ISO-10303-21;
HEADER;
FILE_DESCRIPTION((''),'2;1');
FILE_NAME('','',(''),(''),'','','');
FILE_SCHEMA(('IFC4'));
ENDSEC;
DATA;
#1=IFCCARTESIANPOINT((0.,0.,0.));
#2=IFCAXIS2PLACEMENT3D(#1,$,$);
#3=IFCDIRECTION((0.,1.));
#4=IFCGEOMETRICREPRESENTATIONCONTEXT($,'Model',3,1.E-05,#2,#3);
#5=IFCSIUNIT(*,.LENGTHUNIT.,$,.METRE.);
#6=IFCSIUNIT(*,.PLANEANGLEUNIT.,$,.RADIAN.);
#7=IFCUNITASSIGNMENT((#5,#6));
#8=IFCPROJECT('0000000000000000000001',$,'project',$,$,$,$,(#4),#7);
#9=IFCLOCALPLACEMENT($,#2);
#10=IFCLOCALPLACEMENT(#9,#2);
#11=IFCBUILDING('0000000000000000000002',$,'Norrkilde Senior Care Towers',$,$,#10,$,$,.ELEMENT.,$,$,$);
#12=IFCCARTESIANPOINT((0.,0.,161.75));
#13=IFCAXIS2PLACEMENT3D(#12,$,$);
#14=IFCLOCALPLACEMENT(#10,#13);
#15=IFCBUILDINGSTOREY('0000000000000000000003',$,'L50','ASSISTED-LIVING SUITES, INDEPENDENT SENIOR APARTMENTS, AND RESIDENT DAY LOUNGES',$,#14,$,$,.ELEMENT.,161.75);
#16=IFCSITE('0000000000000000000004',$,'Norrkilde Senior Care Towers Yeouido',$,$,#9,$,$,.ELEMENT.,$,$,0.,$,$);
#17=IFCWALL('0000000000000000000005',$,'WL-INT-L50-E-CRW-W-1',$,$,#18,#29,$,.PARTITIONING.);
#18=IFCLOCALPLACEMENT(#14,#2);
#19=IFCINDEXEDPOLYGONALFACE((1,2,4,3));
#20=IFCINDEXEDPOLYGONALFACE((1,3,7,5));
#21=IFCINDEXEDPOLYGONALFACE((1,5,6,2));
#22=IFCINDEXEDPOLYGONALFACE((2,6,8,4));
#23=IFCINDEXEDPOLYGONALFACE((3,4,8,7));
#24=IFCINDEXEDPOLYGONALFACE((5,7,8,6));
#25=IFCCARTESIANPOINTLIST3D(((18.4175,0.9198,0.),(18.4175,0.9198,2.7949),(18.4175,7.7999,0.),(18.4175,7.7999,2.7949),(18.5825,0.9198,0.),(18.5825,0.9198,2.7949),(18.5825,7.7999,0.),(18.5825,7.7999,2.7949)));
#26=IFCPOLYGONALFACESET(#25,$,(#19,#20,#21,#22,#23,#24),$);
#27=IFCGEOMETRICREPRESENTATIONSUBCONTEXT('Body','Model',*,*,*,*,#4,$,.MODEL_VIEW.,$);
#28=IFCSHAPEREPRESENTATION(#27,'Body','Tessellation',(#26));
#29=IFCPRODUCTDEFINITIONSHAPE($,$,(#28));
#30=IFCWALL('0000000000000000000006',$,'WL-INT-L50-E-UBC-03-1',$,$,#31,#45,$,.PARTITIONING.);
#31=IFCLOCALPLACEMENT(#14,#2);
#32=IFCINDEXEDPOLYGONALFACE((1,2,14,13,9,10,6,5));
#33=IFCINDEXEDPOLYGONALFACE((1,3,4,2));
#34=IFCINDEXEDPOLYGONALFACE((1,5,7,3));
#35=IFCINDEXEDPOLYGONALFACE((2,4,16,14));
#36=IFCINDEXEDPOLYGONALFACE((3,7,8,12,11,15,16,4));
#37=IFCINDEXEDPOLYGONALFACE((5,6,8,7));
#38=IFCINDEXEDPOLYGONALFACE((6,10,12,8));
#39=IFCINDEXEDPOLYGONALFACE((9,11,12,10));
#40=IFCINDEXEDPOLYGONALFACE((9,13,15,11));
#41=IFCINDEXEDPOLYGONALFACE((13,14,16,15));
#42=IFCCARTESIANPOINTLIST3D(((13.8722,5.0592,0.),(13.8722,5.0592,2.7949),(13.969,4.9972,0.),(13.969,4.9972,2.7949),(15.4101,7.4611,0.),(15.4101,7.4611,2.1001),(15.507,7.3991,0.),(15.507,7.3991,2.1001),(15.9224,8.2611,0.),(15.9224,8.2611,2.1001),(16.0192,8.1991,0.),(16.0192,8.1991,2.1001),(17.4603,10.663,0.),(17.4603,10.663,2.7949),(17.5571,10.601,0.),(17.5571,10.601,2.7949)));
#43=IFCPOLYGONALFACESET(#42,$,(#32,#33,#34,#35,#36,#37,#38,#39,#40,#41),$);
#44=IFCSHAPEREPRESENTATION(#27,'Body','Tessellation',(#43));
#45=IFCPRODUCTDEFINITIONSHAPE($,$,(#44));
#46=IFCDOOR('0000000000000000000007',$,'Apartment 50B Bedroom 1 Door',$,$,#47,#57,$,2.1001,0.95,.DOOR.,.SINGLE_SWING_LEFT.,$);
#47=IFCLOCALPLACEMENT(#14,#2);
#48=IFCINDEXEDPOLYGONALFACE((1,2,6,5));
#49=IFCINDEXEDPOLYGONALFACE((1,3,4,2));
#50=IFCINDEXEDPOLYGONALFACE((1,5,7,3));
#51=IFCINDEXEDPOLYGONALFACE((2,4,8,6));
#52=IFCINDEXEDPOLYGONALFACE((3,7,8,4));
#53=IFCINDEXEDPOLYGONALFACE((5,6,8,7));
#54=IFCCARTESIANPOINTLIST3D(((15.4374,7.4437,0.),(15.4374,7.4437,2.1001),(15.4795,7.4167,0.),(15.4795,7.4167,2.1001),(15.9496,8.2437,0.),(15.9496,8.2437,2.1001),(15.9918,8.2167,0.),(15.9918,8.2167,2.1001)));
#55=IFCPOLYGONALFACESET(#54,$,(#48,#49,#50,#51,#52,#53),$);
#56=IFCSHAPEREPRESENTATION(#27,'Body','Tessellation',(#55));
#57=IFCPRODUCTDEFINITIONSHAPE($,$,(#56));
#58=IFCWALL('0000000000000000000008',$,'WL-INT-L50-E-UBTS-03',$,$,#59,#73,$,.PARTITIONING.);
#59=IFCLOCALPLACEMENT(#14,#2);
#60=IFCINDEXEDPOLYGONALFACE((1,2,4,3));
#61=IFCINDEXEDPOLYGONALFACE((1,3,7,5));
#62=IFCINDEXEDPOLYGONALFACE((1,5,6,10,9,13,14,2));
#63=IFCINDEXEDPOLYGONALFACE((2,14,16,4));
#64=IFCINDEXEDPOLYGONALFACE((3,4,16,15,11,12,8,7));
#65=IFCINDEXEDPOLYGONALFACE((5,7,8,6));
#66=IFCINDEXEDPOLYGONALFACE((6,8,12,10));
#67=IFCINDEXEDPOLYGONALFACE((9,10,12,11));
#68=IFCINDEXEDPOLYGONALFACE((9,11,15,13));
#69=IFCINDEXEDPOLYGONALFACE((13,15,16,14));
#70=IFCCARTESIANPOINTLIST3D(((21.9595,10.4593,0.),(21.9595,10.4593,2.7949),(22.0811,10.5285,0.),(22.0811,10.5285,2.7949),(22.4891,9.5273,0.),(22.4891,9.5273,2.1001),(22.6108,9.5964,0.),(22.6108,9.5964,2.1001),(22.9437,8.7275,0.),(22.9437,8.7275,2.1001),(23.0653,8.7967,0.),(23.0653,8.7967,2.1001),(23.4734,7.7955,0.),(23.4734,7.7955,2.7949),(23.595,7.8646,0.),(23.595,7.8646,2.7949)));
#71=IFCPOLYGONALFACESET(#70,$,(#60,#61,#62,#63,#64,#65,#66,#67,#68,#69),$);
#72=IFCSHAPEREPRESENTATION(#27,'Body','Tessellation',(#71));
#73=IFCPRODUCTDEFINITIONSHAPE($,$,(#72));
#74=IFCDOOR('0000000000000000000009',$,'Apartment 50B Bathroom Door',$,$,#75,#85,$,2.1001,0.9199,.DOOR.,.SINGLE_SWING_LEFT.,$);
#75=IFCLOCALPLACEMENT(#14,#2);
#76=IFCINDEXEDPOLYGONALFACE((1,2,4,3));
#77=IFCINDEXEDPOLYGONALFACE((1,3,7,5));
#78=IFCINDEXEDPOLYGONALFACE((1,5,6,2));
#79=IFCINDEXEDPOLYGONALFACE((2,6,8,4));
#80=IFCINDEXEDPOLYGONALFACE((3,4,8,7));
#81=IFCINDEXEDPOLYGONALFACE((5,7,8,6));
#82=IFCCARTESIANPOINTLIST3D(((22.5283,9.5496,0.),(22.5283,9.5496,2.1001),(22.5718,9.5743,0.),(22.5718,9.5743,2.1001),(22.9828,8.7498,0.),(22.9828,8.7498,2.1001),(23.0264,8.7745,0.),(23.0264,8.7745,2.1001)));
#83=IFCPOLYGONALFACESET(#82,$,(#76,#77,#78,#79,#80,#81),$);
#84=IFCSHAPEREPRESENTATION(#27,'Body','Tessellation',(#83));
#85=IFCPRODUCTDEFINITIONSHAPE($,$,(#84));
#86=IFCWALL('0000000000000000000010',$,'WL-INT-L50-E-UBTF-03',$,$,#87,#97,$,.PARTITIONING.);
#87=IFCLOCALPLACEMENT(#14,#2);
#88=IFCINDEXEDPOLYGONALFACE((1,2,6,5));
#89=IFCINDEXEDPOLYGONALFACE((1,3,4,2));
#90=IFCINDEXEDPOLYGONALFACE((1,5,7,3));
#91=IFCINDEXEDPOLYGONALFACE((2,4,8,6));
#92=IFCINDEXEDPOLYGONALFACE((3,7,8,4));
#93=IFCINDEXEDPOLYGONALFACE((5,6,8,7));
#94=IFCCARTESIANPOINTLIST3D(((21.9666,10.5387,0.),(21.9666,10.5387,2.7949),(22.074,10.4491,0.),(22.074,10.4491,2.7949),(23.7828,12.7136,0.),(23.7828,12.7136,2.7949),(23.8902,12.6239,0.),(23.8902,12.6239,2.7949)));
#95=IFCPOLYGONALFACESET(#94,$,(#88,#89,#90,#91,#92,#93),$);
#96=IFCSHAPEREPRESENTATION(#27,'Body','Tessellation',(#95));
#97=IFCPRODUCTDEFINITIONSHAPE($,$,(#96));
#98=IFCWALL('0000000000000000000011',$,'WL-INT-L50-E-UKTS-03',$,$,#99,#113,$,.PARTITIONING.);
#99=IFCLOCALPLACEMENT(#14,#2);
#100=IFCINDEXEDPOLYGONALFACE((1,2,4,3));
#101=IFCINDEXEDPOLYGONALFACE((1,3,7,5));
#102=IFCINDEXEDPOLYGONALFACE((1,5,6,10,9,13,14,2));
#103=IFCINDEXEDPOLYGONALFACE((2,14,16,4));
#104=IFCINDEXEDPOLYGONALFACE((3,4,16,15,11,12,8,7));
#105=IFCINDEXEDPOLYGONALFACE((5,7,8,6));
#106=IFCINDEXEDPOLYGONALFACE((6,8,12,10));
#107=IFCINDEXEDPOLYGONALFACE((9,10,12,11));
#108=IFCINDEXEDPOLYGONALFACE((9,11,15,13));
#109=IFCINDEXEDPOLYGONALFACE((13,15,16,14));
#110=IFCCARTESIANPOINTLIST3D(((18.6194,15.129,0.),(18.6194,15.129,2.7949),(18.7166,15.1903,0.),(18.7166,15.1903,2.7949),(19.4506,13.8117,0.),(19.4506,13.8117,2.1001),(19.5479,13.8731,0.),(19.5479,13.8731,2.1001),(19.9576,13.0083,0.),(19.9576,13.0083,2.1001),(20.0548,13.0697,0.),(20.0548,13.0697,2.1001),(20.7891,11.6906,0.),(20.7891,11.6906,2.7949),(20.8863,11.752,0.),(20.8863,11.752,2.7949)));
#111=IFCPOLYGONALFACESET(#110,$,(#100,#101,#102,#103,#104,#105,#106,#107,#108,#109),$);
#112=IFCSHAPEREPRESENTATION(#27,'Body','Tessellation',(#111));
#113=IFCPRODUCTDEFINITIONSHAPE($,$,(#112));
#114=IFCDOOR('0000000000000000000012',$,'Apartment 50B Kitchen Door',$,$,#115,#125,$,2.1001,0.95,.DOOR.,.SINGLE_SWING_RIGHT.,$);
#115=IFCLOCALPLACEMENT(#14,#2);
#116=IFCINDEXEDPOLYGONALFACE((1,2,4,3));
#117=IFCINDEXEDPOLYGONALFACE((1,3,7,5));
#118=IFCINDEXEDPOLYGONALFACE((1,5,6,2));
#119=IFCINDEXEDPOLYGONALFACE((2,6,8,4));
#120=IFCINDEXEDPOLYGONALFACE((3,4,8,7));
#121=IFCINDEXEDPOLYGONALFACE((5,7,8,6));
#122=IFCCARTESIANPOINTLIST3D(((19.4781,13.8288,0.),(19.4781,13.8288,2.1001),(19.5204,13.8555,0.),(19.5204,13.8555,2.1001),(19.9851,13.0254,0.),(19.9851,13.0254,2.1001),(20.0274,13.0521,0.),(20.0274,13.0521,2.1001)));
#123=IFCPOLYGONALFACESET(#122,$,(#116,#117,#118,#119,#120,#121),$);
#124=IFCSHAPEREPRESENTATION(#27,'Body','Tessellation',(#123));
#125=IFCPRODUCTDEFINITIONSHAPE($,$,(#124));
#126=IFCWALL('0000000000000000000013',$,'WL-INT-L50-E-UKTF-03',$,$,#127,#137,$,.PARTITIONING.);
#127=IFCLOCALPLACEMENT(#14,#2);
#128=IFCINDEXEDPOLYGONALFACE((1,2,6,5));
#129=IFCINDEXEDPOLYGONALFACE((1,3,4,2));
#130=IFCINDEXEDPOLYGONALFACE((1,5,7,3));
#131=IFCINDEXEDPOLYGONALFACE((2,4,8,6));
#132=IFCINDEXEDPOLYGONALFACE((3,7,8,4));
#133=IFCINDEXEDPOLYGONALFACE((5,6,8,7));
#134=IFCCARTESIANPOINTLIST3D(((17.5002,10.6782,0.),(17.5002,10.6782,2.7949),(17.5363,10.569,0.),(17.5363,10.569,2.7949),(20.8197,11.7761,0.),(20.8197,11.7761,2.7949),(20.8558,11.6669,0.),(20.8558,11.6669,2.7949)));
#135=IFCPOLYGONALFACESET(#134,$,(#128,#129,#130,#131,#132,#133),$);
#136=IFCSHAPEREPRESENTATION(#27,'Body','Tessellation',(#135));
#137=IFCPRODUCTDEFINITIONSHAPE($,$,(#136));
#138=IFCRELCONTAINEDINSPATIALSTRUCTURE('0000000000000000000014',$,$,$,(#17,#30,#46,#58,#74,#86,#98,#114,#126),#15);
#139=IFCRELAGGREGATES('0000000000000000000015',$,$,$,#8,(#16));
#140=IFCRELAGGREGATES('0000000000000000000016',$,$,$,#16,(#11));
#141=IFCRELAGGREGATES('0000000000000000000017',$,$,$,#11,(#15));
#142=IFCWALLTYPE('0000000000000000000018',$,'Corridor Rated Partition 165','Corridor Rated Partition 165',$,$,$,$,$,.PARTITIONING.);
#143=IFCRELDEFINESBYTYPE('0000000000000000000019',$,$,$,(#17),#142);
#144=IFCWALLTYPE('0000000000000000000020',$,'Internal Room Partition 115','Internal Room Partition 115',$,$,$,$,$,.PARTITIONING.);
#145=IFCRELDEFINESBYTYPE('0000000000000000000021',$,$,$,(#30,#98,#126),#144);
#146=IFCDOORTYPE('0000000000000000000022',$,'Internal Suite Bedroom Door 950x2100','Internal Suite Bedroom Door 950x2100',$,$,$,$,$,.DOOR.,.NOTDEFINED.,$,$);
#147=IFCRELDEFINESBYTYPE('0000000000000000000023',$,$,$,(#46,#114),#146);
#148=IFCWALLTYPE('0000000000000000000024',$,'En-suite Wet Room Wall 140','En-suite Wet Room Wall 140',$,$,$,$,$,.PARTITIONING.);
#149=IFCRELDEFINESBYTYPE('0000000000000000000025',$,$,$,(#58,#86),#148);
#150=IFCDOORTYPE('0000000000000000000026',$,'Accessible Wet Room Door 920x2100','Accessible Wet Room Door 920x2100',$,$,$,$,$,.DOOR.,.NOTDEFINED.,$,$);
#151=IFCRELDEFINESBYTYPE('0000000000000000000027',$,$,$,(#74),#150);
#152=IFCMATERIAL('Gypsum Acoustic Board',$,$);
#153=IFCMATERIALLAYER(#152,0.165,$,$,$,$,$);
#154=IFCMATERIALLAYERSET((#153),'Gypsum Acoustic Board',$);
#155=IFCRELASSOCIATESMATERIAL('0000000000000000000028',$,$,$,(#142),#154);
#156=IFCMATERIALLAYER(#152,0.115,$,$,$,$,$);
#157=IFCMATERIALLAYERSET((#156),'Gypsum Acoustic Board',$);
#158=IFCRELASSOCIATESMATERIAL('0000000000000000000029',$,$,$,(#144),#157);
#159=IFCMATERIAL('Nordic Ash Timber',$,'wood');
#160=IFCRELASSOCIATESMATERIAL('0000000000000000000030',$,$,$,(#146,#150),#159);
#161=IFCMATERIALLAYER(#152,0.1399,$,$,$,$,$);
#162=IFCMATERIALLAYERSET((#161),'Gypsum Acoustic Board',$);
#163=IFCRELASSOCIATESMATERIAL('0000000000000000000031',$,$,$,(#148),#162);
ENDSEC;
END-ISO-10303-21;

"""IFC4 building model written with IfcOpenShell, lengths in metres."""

from ifc_helpers import new_model, si_unit, direction, frame, frame_2d, origin, place, context, subcontext, project, spatial, rectangle, extrude, source, transform, mapped, material, layer, layer_set, type_object, type_shapes, element, fill, save


model = new_model("IFC4")

# Units and contexts
model_context = context("Model", 3, precision=1e-05, world=origin(), true_north=direction((0.0, 1.0)))
body_context = subcontext(model_context, "Body", "Model", "MODEL_VIEW")
ifc_project = project(units=[si_unit("LENGTHUNIT", "METRE"), si_unit("PLANEANGLEUNIT", "RADIAN")], contexts=[model_context])

# Site, building, storey
site_placement = place(None, origin())
site = spatial("IfcSite", under=ifc_project, at=site_placement, Name="Norrkilde Senior Care Towers Yeouido", CompositionType="ELEMENT", RefElevation=0.0)
building_placement = place(site_placement, origin())
building = spatial("IfcBuilding", under=site, at=building_placement, Name="Norrkilde Senior Care Towers", CompositionType="ELEMENT")
storey_placement = place(building_placement, frame((0.0, 0.0, 161.75)))
storey = spatial("IfcBuildingStorey", under=building, at=storey_placement, Name="L50", Description="ASSISTED-LIVING SUITES, INDEPENDENT SENIOR APARTMENTS, AND RESIDENT DAY LOUNGES", CompositionType="ELEMENT", Elevation=161.75)

# Shared definitions
ifc_material_1 = material(Name="Gypsum Acoustic Board")
ifc_layer_1 = layer(ifc_material_1, 0.165)
ifc_layer_set_1 = layer_set([ifc_layer_1], Name="Gypsum Acoustic Board")
wall_type_1 = type_object("IfcWallType", Name="Corridor Rated Partition 165", Description="Corridor Rated Partition 165", PredefinedType="PARTITIONING", material=ifc_layer_set_1)
ifc_layer_2 = layer(ifc_material_1, 0.115)
ifc_layer_set_2 = layer_set([ifc_layer_2], Name="Gypsum Acoustic Board")
wall_type_2 = type_object("IfcWallType", Name="Internal Room Partition 115", Description="Internal Room Partition 115", PredefinedType="PARTITIONING", material=ifc_layer_set_2)

# Shared definitions
ifc_material_2 = material(Name="Nordic Ash Timber", Category="wood")

# Wall
shared_shape_1 = source(origin(), body_context, "Body", "SweptSolid", [
    extrude(rectangle(XDim=6.8801, YDim=0.165, at=frame_2d((3.4399, 0.0))), origin(), (0.0, 0.0, 1.0), 2.7949),
])
wall_1_placement = place(storey_placement, frame((18.5, 0.9199, 0.0), z_axis=(0.0, 0.0, 1.0), x_axis=(0.0, 1.0, 0.0)))
element("IfcWall", 1, at=wall_1_placement, inside=storey, type_object=wall_type_1, Name="WL-INT-L50-E-CRW-W-1", PredefinedType="PARTITIONING", context=body_context, shape_type="MappedRepresentation", body=[
    mapped(shared_shape_1, transform((0.0, 0.0, 0.0), x_axis=(1.0, 0.0, 0.0), y_axis=(0.0, 1.0, 0.0), z_axis=(0.0, 0.0, 1.0), scale=1.0)),
])

# Walls, openings, doors
shared_shape_2 = source(origin(), body_context, "Body", "SweptSolid", [
    extrude(rectangle(XDim=6.6541, YDim=0.115, at=frame_2d((3.3271, 0.0))), origin(), (0.0, 0.0, 1.0), 2.7949),
])
wall_2_placement = place(storey_placement, frame((17.5088, 10.6321, 0.0), z_axis=(0.0, 0.0, 1.0), x_axis=(-0.539238, -0.842153, 0.0)))
wall_2 = element("IfcWall", 2, at=wall_2_placement, inside=storey, type_object=wall_type_2, Name="WL-INT-L50-E-UBC-03-1", PredefinedType="PARTITIONING", context=body_context, shape_type="MappedRepresentation", body=[
    mapped(shared_shape_2, transform((0.0, 0.0, 0.0), x_axis=(1.0, 0.0, 0.0), y_axis=(0.0, 1.0, 0.0), z_axis=(0.0, 0.0, 1.0), scale=1.0)),
])
opening_1_placement = place(wall_2_placement, frame((2.8521, 0.0, 0.0)))
opening_1 = element("IfcOpeningElement", 3, at=opening_1_placement, cuts=wall_2, PredefinedType="OPENING", context=body_context, shape_type="SweptSolid", body=[
    extrude(rectangle(XDim=0.95, YDim=2.1001, at=frame_2d((0.4751, 1.05))), frame((0.0, 0.0674, 0.0), z_axis=(0.0, -1.0, 0.0), x_axis=(1.0, 0.0, 0.0)), (0.0, 0.0, 1.0), 0.135),
])
door_type_1 = type_object("IfcDoorType", Name="Internal Suite Bedroom Door 950x2100", Description="Internal Suite Bedroom Door 950x2100", OperationType="NOTDEFINED", PredefinedType="DOOR", material=ifc_material_2)
shared_shape_3 = source(origin(), body_context, "Body", "SweptSolid", [
    extrude(rectangle(XDim=0.95, YDim=2.1001, at=frame_2d((0.4751, 1.05))), frame((0.0, 0.0249, 0.0), z_axis=(0.0, -1.0, 0.0), x_axis=(1.0, 0.0, 0.0)), (0.0, 0.0, 1.0), 0.05),
])
type_shapes(door_type_1, [shared_shape_3])
door_1_placement = place(opening_1_placement, origin())
door_1 = element("IfcDoor", 4, at=door_1_placement, inside=storey, type_object=door_type_1, Name="Apartment 50B Bedroom 1 Door", OperationType="SINGLE_SWING_LEFT", OverallHeight=2.1001, OverallWidth=0.95, PredefinedType="DOOR", context=body_context, shape_type="MappedRepresentation", body=[
    mapped(shared_shape_3, transform((0.0, 0.0, 0.0), x_axis=(1.0, 0.0, 0.0), y_axis=(0.0, 1.0, 0.0), z_axis=(0.0, 0.0, 1.0), scale=1.0)),
])
fill(opening_1, door_1)
ifc_layer_3 = layer(ifc_material_1, 0.1399)
ifc_layer_set_3 = layer_set([ifc_layer_3], Name="Gypsum Acoustic Board")
wall_type_3 = type_object("IfcWallType", Name="En-suite Wet Room Wall 140", Description="En-suite Wet Room Wall 140", PredefinedType="PARTITIONING", material=ifc_layer_set_3)
shared_shape_4 = source(origin(), body_context, "Body", "SweptSolid", [
    extrude(rectangle(XDim=3.064, YDim=0.1399, at=frame_2d((1.532, 0.0))), origin(), (0.0, 0.0, 1.0), 2.7949),
])
wall_3_placement = place(storey_placement, frame((23.5342, 7.8301, 0.0), z_axis=(0.0, 0.0, 1.0), x_axis=(-0.494104, 0.869403, 0.0)))
wall_3 = element("IfcWall", 5, at=wall_3_placement, inside=storey, type_object=wall_type_3, Name="WL-INT-L50-E-UBTS-03", PredefinedType="PARTITIONING", context=body_context, shape_type="MappedRepresentation", body=[
    mapped(shared_shape_4, transform((0.0, 0.0, 0.0), x_axis=(1.0, 0.0, 0.0), y_axis=(0.0, 1.0, 0.0), z_axis=(0.0, 0.0, 1.0), scale=1.0)),
])
opening_2_placement = place(wall_3_placement, frame((1.072, 0.0, 0.0)))
opening_2 = element("IfcOpeningElement", 6, at=opening_2_placement, cuts=wall_3, PredefinedType="OPENING", context=body_context, shape_type="SweptSolid", body=[
    extrude(rectangle(XDim=0.9199, YDim=2.1001, at=frame_2d((0.46, 1.05))), frame((0.0, 0.0798, 0.0), z_axis=(0.0, -1.0, 0.0), x_axis=(1.0, 0.0, 0.0)), (0.0, 0.0, 1.0), 0.1599),
])
door_type_2 = type_object("IfcDoorType", Name="Accessible Wet Room Door 920x2100", Description="Accessible Wet Room Door 920x2100", OperationType="NOTDEFINED", PredefinedType="DOOR", material=ifc_material_2)
shared_shape_5 = source(origin(), body_context, "Body", "SweptSolid", [
    extrude(rectangle(XDim=0.9199, YDim=2.1001, at=frame_2d((0.46, 1.05))), frame((0.0, 0.0249, 0.0), z_axis=(0.0, -1.0, 0.0), x_axis=(1.0, 0.0, 0.0)), (0.0, 0.0, 1.0), 0.05),
])
type_shapes(door_type_2, [shared_shape_5])
door_2_placement = place(opening_2_placement, origin())
door_2 = element("IfcDoor", 7, at=door_2_placement, inside=storey, type_object=door_type_2, Name="Apartment 50B Bathroom Door", OperationType="SINGLE_SWING_LEFT", OverallHeight=2.1001, OverallWidth=0.9199, PredefinedType="DOOR", context=body_context, shape_type="MappedRepresentation", body=[
    mapped(shared_shape_5, transform((0.0, 0.0, 0.0), x_axis=(1.0, 0.0, 0.0), y_axis=(0.0, 1.0, 0.0), z_axis=(0.0, 0.0, 1.0), scale=1.0)),
])
fill(opening_2, door_2)

# Wall
shared_shape_6 = source(origin(), body_context, "Body", "SweptSolid", [
    extrude(rectangle(XDim=2.8335, YDim=0.1399, at=frame_2d((1.4167, 0.0))), origin(), (0.0, 0.0, 1.0), 2.7949),
])
type_shapes(wall_type_3, [shared_shape_4, shared_shape_6])
wall_4_placement = place(storey_placement, frame((22.0203, 10.4939, 0.0), z_axis=(0.0, 0.0, 1.0), x_axis=(0.640981, 0.767557, 0.0)))
element("IfcWall", 8, at=wall_4_placement, inside=storey, type_object=wall_type_3, Name="WL-INT-L50-E-UBTF-03", PredefinedType="PARTITIONING", context=body_context, shape_type="MappedRepresentation", body=[
    mapped(shared_shape_6, transform((0.0, 0.0, 0.0), x_axis=(1.0, 0.0, 0.0), y_axis=(0.0, 1.0, 0.0), z_axis=(0.0, 0.0, 1.0), scale=1.0)),
])

# Wall, opening, door
shared_shape_7 = source(origin(), body_context, "Body", "SweptSolid", [
    extrude(rectangle(XDim=4.0657, YDim=0.115, at=frame_2d((2.0327, 0.0))), origin(), (0.0, 0.0, 1.0), 2.7949),
])
wall_5_placement = place(storey_placement, frame((20.8376, 11.7214, 0.0), z_axis=(0.0, 0.0, 1.0), x_axis=(-0.53367, 0.845693, 0.0)))
wall_5 = element("IfcWall", 9, at=wall_5_placement, inside=storey, type_object=wall_type_2, Name="WL-INT-L50-E-UKTS-03", PredefinedType="PARTITIONING", context=body_context, shape_type="MappedRepresentation", body=[
    mapped(shared_shape_7, transform((0.0, 0.0, 0.0), x_axis=(1.0, 0.0, 0.0), y_axis=(0.0, 1.0, 0.0), z_axis=(0.0, 0.0, 1.0), scale=1.0)),
])
opening_3_placement = place(wall_5_placement, frame((1.5579, 0.0, 0.0)))
opening_3 = element("IfcOpeningElement", 10, at=opening_3_placement, cuts=wall_5, PredefinedType="OPENING", context=body_context, shape_type="SweptSolid", body=[
    extrude(rectangle(XDim=0.95, YDim=2.1001, at=frame_2d((0.4751, 1.05))), frame((0.0, 0.0674, 0.0), z_axis=(0.0, -1.0, 0.0), x_axis=(1.0, 0.0, 0.0)), (0.0, 0.0, 1.0), 0.135),
])
door_3_placement = place(opening_3_placement, frame((0.95, 0.0, 0.0), z_axis=(0.0, 0.0, 1.0), x_axis=(-1.0, 0.0, 0.0)))
door_3 = element("IfcDoor", 11, at=door_3_placement, inside=storey, type_object=door_type_1, Name="Apartment 50B Kitchen Door", OperationType="SINGLE_SWING_RIGHT", OverallHeight=2.1001, OverallWidth=0.95, PredefinedType="DOOR", context=body_context, shape_type="MappedRepresentation", body=[
    mapped(shared_shape_3, transform((0.0, 0.0, 0.0), x_axis=(1.0, 0.0, 0.0), y_axis=(0.0, 1.0, 0.0), z_axis=(0.0, 0.0, 1.0), scale=1.0)),
])
fill(opening_3, door_3)

# Wall
shared_shape_8 = source(origin(), body_context, "Body", "SweptSolid", [
    extrude(rectangle(XDim=3.4963, YDim=0.115, at=frame_2d((1.748, 0.0))), origin(), (0.0, 0.0, 1.0), 2.7949),
])
wall_6_placement = place(storey_placement, frame((20.8376, 11.7214, 0.0), z_axis=(0.0, 0.0, 1.0), x_axis=(-0.949421, -0.314006, 0.0)))
element("IfcWall", 12, at=wall_6_placement, inside=storey, type_object=wall_type_2, Name="WL-INT-L50-E-UKTF-03", PredefinedType="PARTITIONING", context=body_context, shape_type="MappedRepresentation", body=[
    mapped(shared_shape_8, transform((0.0, 0.0, 0.0), x_axis=(1.0, 0.0, 0.0), y_axis=(0.0, 1.0, 0.0), z_axis=(0.0, 0.0, 1.0), scale=1.0)),
])

save(model, "model.ifc")
